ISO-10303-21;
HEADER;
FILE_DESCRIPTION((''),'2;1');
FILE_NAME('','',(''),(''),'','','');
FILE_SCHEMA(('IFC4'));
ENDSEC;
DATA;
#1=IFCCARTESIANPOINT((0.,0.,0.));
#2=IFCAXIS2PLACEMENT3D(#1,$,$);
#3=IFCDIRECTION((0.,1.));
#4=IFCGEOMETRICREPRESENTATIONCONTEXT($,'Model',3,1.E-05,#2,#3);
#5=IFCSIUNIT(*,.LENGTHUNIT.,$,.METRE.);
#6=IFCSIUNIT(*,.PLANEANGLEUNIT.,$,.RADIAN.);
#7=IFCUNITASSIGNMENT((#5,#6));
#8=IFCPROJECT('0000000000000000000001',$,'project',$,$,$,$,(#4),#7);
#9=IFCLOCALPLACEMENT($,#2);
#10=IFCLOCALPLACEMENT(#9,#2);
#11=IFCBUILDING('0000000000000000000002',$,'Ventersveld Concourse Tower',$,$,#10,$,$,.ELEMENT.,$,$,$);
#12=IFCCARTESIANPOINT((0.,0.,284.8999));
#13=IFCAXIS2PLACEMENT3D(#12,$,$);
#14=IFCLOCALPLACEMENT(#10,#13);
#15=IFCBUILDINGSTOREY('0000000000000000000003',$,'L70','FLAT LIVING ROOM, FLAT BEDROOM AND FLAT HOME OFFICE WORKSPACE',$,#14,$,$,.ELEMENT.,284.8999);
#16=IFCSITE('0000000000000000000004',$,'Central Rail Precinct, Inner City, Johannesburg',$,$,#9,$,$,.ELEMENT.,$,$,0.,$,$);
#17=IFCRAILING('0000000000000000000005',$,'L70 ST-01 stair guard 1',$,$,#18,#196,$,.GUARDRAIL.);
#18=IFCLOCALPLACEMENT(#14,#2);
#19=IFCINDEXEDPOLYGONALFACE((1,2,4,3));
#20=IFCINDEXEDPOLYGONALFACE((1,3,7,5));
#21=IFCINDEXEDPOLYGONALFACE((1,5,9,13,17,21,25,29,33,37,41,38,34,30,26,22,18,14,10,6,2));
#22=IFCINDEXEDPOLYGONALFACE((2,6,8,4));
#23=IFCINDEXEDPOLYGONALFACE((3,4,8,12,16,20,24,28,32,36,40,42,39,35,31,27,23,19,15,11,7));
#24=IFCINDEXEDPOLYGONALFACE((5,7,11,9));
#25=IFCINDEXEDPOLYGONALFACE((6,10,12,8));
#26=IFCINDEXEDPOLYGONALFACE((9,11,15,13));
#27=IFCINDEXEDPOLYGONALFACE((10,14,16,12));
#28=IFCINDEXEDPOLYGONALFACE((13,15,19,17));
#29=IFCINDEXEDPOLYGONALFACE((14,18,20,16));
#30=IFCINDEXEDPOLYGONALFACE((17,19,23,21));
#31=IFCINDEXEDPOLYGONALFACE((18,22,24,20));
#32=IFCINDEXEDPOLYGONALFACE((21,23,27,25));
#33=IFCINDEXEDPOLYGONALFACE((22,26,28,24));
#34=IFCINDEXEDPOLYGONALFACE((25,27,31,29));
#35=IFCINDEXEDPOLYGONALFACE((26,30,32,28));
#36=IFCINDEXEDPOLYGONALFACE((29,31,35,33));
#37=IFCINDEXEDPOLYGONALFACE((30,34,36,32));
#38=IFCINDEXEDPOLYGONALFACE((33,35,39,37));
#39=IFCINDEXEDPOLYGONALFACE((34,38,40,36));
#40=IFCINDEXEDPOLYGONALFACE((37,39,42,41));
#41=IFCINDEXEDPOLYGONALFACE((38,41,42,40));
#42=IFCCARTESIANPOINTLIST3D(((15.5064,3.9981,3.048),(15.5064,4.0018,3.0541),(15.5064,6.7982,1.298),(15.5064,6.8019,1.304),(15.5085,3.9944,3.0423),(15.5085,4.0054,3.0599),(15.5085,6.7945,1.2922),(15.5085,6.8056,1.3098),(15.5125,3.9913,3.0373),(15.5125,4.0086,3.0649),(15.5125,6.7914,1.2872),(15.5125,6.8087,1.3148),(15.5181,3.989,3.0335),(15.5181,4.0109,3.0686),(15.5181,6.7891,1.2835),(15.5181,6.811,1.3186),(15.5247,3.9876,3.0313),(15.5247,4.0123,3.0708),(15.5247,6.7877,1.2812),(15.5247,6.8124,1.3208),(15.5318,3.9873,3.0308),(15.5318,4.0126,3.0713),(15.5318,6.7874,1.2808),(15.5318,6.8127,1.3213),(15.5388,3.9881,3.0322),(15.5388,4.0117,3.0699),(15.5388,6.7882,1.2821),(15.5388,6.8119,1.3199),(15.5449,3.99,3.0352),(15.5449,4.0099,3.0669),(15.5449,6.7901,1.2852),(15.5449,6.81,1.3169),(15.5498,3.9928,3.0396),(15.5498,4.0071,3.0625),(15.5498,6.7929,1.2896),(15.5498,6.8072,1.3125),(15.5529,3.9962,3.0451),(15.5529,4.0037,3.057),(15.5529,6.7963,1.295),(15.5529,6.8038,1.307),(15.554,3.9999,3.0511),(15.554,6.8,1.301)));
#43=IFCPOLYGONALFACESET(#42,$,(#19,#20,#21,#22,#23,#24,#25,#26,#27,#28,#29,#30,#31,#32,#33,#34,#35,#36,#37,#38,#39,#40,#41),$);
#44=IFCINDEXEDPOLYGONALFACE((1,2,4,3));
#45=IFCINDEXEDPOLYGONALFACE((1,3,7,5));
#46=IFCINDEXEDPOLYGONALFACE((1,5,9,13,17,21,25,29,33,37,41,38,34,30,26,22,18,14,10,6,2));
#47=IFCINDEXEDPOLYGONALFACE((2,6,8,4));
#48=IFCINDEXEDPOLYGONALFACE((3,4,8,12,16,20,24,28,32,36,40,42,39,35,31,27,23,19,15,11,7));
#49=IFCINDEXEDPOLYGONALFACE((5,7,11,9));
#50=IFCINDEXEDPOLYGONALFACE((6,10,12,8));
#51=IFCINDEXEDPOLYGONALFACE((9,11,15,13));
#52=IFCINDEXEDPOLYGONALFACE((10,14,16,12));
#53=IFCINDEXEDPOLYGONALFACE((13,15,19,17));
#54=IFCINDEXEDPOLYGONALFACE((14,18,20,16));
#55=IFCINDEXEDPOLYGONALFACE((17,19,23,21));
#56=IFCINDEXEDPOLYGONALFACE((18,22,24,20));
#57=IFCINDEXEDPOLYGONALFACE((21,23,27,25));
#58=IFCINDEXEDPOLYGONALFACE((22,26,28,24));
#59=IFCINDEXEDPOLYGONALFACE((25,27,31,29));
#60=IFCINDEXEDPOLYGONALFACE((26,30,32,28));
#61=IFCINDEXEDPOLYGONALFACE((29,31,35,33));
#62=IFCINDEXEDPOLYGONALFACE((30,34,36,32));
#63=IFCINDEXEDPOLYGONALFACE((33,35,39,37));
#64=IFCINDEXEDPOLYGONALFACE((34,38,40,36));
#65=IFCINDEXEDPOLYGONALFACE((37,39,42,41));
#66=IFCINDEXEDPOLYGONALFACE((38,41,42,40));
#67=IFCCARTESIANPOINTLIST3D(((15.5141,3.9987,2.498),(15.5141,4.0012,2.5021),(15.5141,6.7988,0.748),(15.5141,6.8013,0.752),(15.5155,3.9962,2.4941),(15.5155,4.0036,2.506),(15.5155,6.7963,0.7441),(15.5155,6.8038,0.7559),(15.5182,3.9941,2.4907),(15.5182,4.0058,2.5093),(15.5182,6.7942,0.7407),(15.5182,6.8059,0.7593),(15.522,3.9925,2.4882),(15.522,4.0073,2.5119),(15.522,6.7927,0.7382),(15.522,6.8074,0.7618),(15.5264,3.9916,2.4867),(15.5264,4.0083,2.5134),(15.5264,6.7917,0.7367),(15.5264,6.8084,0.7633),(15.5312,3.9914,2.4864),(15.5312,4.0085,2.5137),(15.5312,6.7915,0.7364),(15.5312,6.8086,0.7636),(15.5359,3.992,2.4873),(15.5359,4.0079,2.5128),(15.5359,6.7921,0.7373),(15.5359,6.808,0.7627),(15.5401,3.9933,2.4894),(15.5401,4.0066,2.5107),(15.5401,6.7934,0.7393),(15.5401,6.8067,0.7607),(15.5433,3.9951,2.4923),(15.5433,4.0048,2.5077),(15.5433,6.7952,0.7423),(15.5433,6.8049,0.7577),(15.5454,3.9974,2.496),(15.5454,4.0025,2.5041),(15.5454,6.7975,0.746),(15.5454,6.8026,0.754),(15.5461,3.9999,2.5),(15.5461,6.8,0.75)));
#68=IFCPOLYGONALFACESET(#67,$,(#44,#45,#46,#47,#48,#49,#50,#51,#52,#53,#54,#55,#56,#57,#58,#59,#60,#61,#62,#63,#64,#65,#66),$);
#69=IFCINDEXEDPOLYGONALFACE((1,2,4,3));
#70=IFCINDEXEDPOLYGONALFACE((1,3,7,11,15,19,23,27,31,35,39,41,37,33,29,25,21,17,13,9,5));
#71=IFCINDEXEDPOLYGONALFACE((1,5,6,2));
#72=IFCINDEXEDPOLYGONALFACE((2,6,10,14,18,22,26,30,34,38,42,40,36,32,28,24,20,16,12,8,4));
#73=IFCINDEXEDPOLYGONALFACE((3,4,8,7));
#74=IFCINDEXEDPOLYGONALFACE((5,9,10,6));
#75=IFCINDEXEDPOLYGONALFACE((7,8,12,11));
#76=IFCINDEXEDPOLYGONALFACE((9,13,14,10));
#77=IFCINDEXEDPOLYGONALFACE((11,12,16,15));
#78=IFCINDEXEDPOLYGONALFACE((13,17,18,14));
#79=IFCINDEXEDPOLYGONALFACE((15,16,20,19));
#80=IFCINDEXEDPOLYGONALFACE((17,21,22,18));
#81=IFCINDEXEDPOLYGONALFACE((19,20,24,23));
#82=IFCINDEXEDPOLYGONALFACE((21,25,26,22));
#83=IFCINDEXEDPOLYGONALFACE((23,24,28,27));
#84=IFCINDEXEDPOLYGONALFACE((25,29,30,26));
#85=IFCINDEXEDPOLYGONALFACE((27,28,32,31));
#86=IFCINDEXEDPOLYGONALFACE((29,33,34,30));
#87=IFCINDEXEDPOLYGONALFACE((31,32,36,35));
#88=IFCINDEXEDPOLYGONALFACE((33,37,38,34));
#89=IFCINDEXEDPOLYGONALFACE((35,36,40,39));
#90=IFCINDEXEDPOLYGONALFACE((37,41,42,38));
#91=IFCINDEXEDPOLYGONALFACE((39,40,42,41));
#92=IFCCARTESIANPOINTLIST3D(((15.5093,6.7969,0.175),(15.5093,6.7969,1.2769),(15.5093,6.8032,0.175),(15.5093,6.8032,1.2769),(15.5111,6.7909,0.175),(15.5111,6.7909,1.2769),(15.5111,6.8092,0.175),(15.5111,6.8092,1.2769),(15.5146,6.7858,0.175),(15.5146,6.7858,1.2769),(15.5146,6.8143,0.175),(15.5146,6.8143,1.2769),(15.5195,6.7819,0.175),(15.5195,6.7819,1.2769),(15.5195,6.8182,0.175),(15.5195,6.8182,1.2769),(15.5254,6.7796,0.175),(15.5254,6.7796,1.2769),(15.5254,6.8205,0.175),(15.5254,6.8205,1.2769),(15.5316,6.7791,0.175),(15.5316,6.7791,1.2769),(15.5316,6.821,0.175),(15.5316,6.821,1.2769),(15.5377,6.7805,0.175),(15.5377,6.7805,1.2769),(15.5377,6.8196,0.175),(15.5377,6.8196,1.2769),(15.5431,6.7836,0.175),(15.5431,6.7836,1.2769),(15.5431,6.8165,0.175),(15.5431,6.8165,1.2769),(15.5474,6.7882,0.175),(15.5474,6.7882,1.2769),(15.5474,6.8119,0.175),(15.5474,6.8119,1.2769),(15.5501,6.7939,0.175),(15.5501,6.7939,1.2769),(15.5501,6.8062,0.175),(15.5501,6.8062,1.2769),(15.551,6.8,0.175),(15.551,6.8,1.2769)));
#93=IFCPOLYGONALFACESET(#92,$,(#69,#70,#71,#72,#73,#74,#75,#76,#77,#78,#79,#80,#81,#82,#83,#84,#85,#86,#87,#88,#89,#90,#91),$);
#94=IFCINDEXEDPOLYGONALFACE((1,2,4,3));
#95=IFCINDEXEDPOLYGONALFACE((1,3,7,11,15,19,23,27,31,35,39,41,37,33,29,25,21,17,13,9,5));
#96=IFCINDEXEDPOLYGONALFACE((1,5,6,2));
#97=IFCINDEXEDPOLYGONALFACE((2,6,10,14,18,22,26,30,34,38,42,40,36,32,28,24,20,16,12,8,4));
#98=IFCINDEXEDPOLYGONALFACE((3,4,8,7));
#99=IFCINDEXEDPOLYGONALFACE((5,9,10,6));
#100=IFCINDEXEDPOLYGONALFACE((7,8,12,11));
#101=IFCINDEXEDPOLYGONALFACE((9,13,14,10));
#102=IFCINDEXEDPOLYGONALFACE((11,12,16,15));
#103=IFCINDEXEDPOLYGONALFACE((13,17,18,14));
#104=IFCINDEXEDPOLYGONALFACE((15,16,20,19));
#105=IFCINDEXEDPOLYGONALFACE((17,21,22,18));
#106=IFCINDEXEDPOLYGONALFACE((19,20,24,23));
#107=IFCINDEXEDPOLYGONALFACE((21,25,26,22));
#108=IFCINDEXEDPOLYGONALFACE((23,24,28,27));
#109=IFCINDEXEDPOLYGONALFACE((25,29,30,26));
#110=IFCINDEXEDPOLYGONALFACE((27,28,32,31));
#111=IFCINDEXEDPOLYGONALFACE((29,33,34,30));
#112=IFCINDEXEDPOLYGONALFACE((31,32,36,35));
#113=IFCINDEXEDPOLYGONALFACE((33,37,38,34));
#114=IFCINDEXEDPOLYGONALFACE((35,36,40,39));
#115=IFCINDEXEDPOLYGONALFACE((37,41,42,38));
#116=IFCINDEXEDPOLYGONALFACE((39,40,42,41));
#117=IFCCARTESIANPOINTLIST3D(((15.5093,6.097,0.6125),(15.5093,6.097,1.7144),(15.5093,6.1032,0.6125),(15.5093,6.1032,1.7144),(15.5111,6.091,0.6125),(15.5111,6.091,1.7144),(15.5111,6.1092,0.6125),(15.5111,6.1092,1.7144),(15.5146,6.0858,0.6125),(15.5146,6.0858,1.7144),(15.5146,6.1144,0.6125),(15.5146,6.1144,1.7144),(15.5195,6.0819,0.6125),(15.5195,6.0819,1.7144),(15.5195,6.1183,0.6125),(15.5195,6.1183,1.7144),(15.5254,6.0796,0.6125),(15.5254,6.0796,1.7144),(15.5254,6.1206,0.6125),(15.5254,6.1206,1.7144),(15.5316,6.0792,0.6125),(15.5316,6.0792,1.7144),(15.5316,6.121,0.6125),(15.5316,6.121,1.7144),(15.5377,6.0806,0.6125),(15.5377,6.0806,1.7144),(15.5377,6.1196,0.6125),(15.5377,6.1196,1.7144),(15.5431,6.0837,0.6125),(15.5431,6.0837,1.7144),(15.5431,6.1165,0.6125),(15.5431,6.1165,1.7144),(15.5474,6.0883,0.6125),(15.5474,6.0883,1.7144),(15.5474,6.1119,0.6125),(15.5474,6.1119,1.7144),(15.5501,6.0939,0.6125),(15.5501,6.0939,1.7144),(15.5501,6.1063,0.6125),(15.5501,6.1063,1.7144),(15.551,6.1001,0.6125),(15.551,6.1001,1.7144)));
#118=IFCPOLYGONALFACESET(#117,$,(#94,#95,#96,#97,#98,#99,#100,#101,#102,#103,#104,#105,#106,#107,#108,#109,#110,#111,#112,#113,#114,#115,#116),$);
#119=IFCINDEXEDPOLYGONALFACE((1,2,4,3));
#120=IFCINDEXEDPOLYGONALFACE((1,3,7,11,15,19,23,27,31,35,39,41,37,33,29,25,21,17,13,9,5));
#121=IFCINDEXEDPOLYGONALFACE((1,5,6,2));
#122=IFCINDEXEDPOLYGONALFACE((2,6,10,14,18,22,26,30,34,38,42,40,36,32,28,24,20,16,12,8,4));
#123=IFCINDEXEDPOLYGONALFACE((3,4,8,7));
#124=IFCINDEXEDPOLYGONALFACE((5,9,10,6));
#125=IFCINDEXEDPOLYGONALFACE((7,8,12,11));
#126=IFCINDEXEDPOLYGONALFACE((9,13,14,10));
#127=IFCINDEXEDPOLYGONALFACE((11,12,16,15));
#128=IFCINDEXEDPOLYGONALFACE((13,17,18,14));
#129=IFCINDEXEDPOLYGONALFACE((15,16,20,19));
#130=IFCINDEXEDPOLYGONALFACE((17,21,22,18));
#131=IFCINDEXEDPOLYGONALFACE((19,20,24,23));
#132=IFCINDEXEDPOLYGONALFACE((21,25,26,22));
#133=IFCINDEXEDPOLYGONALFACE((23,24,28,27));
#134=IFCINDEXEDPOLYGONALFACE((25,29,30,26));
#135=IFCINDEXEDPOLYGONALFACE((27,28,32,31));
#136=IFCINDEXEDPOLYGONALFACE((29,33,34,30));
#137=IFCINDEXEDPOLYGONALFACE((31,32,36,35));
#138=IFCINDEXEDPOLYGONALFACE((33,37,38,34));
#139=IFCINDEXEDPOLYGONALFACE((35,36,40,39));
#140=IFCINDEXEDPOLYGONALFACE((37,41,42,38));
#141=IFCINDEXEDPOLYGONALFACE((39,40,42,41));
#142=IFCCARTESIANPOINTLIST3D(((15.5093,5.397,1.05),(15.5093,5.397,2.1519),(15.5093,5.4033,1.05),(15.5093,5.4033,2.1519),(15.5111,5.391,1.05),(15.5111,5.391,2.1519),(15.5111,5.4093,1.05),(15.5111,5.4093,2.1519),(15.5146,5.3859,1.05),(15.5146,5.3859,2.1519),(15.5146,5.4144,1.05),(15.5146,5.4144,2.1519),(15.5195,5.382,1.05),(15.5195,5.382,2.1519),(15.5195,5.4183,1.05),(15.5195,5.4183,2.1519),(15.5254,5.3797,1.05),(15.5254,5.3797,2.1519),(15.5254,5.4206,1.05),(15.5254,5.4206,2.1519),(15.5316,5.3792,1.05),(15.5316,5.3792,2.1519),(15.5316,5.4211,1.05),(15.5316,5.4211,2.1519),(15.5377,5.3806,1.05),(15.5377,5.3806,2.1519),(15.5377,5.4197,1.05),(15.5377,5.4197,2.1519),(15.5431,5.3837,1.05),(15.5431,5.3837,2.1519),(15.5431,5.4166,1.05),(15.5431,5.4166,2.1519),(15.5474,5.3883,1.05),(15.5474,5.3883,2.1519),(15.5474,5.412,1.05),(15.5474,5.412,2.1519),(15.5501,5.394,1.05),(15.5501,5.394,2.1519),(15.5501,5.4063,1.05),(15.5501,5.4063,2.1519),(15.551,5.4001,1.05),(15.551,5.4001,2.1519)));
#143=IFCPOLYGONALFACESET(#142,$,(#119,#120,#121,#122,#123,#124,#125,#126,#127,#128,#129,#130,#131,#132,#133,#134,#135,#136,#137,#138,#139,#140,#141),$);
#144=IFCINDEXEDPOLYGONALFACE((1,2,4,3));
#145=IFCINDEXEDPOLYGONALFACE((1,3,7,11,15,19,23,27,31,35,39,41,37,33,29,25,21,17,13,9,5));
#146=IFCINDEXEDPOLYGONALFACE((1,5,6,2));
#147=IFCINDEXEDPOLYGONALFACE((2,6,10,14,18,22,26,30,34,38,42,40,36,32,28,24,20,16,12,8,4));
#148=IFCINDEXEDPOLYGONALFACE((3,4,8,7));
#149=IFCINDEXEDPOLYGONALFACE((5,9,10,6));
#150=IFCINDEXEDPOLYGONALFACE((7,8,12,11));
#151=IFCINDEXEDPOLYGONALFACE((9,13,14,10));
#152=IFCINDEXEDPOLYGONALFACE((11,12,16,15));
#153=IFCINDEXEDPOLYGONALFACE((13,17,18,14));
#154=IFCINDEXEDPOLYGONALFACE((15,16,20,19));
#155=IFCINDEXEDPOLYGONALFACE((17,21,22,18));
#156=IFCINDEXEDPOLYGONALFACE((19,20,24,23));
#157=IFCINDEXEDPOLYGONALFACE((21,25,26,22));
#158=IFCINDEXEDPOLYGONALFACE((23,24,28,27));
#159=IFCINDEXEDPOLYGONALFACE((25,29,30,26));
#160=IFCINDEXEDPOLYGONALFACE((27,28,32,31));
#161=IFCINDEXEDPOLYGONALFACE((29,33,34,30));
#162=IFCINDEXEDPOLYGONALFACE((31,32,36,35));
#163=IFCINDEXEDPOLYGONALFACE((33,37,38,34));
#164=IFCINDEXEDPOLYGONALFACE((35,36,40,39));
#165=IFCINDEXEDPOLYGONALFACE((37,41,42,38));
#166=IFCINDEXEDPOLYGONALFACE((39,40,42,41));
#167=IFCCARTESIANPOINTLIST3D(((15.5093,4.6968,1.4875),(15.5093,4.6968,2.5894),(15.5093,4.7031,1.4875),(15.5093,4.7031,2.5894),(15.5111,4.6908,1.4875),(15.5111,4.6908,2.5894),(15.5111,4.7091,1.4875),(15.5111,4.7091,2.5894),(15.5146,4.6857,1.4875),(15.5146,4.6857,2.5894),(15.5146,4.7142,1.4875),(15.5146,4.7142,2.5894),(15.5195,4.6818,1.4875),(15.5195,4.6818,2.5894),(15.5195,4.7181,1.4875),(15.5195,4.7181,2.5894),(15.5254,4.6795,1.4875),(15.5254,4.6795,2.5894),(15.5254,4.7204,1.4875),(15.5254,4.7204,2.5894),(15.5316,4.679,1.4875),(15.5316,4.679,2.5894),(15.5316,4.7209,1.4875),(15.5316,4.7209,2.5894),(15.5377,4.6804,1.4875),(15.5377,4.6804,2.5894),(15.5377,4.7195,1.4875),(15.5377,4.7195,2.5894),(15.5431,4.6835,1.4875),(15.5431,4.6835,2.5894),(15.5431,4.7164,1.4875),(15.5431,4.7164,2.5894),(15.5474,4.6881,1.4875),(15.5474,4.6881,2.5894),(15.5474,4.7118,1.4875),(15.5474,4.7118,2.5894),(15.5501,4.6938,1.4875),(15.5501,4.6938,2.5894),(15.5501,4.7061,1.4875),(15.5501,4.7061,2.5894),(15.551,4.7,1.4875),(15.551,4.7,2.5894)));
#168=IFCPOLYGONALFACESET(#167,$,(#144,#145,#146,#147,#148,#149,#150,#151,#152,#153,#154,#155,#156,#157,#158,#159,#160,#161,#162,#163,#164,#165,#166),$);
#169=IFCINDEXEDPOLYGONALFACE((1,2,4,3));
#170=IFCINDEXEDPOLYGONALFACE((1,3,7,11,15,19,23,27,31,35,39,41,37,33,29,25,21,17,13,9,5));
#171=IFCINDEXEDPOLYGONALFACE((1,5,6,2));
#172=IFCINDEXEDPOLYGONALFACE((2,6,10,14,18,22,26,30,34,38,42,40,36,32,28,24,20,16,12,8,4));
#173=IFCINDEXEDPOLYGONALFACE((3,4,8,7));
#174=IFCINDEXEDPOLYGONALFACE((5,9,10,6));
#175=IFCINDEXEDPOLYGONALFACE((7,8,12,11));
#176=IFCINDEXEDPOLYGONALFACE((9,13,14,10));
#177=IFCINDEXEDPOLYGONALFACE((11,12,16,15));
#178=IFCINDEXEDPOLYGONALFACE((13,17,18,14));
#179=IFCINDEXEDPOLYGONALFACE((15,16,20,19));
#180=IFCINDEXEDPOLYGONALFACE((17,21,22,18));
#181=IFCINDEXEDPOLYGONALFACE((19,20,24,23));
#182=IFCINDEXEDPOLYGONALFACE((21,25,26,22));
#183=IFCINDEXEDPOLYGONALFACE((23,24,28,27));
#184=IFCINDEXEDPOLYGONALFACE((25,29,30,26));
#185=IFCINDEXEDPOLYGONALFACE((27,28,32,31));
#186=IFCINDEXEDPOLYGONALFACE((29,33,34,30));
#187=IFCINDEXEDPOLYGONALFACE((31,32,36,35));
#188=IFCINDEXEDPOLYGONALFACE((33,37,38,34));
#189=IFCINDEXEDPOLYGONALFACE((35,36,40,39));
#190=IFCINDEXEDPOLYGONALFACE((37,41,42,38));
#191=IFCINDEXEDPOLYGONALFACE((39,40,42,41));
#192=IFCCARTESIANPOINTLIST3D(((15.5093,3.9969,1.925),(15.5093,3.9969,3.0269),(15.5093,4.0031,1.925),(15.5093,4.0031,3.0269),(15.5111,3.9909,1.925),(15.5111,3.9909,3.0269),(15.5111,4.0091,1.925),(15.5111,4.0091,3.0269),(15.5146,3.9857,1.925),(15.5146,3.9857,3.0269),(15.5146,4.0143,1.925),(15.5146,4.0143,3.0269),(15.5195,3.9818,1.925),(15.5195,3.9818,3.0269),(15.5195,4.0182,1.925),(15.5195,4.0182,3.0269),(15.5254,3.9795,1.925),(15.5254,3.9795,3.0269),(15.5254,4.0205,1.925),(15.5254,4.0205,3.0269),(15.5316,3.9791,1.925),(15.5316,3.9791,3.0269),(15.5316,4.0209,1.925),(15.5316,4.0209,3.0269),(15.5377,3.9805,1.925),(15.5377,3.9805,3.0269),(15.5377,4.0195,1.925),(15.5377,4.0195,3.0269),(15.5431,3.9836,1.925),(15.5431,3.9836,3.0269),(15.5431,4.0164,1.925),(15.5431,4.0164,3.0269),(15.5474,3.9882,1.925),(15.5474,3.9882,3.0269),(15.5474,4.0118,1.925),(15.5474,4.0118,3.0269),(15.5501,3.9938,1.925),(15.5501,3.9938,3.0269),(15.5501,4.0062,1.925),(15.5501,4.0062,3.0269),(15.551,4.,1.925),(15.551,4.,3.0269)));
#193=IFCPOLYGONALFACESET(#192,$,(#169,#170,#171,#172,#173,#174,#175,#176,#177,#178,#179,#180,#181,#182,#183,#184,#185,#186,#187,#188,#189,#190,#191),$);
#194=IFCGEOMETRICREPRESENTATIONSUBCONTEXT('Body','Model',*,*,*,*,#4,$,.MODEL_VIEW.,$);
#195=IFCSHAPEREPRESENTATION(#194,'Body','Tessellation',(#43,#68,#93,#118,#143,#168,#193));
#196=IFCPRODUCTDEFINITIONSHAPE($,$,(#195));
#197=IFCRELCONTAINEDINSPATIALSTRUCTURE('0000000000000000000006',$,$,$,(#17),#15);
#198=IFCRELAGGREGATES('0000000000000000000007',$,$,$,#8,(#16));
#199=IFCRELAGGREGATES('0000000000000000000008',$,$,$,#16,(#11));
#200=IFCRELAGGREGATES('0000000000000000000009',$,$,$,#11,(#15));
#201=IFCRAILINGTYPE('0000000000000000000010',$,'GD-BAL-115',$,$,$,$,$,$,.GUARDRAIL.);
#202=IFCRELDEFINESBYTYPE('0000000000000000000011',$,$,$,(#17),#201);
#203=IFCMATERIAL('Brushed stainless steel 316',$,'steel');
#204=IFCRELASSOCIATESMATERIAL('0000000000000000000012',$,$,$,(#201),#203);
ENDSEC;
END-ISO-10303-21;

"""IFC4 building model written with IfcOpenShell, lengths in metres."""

from ifc_helpers import new_model, si_unit, direction, frame, origin, origin_2d, place, context, subcontext, project, spatial, circle, extrude, material, type_object, element, save


model = new_model("IFC4")

# Units and contexts
model_context = context("Model", 3, precision=1e-05, world=origin(), true_north=direction((0.0, 1.0)))
body_context = subcontext(model_context, "Body", "Model", "MODEL_VIEW")
ifc_project = project(units=[si_unit("LENGTHUNIT", "METRE"), si_unit("PLANEANGLEUNIT", "RADIAN")], contexts=[model_context])

# Site, building, storey
site_placement = place(None, origin())
site = spatial("IfcSite", under=ifc_project, at=site_placement, Name="Central Rail Precinct, Inner City, Johannesburg", CompositionType="ELEMENT", RefElevation=0.0)
building_placement = place(site_placement, origin())
building = spatial("IfcBuilding", under=site, at=building_placement, Name="Ventersveld Concourse Tower", CompositionType="ELEMENT")
storey_placement = place(building_placement, frame((0.0, 0.0, 284.8999)))
storey = spatial("IfcBuildingStorey", under=building, at=storey_placement, Name="L70", Description="FLAT LIVING ROOM, FLAT BEDROOM AND FLAT HOME OFFICE WORKSPACE", CompositionType="ELEMENT", Elevation=284.8999)

# Railing
ifc_material_1 = material(Name="Brushed stainless steel 316", Category="steel")
railing_type_1 = type_object("IfcRailingType", Name="GD-BAL-115", PredefinedType="GUARDRAIL", material=ifc_material_1)
railing_1_placement = place(storey_placement, frame((15.53, 6.8, 0.175)))
element("IfcRailing", 1, at=railing_1_placement, inside=storey, type_object=railing_type_1, Name="L70 ST-01 stair guard 1", PredefinedType="GUARDRAIL", context=body_context, shape_type="SweptSolid", body=[
    extrude(circle(Radius=0.0239, at=origin_2d()), frame((0.0, 0.0, 1.126), z_axis=(0.0, -0.848002, 0.529992), x_axis=(1.0, 0.0, 0.0)), (0.0, 0.0, 1.0), 3.302),
    extrude(circle(Radius=0.0161, at=origin_2d()), frame((0.0, 0.0, 0.575), z_axis=(0.0, -0.848002, 0.529992), x_axis=(1.0, 0.0, 0.0)), (0.0, 0.0, 1.0), 3.302),
    extrude(circle(Radius=0.021, at=origin_2d()), origin(), (0.0, 0.0, 1.0), 1.1018),
    extrude(circle(Radius=0.021, at=origin_2d()), frame((0.0, -0.7, 0.4375)), (0.0, 0.0, 1.0), 1.1018),
    extrude(circle(Radius=0.021, at=origin_2d()), frame((0.0, -1.3999, 0.875)), (0.0, 0.0, 1.0), 1.1018),
    extrude(circle(Radius=0.021, at=origin_2d()), frame((0.0, -2.1001, 1.3125)), (0.0, 0.0, 1.0), 1.1018),
    extrude(circle(Radius=0.021, at=origin_2d()), frame((0.0, -2.8, 1.75)), (0.0, 0.0, 1.0), 1.1018),
])

save(model, "model.ifc")
